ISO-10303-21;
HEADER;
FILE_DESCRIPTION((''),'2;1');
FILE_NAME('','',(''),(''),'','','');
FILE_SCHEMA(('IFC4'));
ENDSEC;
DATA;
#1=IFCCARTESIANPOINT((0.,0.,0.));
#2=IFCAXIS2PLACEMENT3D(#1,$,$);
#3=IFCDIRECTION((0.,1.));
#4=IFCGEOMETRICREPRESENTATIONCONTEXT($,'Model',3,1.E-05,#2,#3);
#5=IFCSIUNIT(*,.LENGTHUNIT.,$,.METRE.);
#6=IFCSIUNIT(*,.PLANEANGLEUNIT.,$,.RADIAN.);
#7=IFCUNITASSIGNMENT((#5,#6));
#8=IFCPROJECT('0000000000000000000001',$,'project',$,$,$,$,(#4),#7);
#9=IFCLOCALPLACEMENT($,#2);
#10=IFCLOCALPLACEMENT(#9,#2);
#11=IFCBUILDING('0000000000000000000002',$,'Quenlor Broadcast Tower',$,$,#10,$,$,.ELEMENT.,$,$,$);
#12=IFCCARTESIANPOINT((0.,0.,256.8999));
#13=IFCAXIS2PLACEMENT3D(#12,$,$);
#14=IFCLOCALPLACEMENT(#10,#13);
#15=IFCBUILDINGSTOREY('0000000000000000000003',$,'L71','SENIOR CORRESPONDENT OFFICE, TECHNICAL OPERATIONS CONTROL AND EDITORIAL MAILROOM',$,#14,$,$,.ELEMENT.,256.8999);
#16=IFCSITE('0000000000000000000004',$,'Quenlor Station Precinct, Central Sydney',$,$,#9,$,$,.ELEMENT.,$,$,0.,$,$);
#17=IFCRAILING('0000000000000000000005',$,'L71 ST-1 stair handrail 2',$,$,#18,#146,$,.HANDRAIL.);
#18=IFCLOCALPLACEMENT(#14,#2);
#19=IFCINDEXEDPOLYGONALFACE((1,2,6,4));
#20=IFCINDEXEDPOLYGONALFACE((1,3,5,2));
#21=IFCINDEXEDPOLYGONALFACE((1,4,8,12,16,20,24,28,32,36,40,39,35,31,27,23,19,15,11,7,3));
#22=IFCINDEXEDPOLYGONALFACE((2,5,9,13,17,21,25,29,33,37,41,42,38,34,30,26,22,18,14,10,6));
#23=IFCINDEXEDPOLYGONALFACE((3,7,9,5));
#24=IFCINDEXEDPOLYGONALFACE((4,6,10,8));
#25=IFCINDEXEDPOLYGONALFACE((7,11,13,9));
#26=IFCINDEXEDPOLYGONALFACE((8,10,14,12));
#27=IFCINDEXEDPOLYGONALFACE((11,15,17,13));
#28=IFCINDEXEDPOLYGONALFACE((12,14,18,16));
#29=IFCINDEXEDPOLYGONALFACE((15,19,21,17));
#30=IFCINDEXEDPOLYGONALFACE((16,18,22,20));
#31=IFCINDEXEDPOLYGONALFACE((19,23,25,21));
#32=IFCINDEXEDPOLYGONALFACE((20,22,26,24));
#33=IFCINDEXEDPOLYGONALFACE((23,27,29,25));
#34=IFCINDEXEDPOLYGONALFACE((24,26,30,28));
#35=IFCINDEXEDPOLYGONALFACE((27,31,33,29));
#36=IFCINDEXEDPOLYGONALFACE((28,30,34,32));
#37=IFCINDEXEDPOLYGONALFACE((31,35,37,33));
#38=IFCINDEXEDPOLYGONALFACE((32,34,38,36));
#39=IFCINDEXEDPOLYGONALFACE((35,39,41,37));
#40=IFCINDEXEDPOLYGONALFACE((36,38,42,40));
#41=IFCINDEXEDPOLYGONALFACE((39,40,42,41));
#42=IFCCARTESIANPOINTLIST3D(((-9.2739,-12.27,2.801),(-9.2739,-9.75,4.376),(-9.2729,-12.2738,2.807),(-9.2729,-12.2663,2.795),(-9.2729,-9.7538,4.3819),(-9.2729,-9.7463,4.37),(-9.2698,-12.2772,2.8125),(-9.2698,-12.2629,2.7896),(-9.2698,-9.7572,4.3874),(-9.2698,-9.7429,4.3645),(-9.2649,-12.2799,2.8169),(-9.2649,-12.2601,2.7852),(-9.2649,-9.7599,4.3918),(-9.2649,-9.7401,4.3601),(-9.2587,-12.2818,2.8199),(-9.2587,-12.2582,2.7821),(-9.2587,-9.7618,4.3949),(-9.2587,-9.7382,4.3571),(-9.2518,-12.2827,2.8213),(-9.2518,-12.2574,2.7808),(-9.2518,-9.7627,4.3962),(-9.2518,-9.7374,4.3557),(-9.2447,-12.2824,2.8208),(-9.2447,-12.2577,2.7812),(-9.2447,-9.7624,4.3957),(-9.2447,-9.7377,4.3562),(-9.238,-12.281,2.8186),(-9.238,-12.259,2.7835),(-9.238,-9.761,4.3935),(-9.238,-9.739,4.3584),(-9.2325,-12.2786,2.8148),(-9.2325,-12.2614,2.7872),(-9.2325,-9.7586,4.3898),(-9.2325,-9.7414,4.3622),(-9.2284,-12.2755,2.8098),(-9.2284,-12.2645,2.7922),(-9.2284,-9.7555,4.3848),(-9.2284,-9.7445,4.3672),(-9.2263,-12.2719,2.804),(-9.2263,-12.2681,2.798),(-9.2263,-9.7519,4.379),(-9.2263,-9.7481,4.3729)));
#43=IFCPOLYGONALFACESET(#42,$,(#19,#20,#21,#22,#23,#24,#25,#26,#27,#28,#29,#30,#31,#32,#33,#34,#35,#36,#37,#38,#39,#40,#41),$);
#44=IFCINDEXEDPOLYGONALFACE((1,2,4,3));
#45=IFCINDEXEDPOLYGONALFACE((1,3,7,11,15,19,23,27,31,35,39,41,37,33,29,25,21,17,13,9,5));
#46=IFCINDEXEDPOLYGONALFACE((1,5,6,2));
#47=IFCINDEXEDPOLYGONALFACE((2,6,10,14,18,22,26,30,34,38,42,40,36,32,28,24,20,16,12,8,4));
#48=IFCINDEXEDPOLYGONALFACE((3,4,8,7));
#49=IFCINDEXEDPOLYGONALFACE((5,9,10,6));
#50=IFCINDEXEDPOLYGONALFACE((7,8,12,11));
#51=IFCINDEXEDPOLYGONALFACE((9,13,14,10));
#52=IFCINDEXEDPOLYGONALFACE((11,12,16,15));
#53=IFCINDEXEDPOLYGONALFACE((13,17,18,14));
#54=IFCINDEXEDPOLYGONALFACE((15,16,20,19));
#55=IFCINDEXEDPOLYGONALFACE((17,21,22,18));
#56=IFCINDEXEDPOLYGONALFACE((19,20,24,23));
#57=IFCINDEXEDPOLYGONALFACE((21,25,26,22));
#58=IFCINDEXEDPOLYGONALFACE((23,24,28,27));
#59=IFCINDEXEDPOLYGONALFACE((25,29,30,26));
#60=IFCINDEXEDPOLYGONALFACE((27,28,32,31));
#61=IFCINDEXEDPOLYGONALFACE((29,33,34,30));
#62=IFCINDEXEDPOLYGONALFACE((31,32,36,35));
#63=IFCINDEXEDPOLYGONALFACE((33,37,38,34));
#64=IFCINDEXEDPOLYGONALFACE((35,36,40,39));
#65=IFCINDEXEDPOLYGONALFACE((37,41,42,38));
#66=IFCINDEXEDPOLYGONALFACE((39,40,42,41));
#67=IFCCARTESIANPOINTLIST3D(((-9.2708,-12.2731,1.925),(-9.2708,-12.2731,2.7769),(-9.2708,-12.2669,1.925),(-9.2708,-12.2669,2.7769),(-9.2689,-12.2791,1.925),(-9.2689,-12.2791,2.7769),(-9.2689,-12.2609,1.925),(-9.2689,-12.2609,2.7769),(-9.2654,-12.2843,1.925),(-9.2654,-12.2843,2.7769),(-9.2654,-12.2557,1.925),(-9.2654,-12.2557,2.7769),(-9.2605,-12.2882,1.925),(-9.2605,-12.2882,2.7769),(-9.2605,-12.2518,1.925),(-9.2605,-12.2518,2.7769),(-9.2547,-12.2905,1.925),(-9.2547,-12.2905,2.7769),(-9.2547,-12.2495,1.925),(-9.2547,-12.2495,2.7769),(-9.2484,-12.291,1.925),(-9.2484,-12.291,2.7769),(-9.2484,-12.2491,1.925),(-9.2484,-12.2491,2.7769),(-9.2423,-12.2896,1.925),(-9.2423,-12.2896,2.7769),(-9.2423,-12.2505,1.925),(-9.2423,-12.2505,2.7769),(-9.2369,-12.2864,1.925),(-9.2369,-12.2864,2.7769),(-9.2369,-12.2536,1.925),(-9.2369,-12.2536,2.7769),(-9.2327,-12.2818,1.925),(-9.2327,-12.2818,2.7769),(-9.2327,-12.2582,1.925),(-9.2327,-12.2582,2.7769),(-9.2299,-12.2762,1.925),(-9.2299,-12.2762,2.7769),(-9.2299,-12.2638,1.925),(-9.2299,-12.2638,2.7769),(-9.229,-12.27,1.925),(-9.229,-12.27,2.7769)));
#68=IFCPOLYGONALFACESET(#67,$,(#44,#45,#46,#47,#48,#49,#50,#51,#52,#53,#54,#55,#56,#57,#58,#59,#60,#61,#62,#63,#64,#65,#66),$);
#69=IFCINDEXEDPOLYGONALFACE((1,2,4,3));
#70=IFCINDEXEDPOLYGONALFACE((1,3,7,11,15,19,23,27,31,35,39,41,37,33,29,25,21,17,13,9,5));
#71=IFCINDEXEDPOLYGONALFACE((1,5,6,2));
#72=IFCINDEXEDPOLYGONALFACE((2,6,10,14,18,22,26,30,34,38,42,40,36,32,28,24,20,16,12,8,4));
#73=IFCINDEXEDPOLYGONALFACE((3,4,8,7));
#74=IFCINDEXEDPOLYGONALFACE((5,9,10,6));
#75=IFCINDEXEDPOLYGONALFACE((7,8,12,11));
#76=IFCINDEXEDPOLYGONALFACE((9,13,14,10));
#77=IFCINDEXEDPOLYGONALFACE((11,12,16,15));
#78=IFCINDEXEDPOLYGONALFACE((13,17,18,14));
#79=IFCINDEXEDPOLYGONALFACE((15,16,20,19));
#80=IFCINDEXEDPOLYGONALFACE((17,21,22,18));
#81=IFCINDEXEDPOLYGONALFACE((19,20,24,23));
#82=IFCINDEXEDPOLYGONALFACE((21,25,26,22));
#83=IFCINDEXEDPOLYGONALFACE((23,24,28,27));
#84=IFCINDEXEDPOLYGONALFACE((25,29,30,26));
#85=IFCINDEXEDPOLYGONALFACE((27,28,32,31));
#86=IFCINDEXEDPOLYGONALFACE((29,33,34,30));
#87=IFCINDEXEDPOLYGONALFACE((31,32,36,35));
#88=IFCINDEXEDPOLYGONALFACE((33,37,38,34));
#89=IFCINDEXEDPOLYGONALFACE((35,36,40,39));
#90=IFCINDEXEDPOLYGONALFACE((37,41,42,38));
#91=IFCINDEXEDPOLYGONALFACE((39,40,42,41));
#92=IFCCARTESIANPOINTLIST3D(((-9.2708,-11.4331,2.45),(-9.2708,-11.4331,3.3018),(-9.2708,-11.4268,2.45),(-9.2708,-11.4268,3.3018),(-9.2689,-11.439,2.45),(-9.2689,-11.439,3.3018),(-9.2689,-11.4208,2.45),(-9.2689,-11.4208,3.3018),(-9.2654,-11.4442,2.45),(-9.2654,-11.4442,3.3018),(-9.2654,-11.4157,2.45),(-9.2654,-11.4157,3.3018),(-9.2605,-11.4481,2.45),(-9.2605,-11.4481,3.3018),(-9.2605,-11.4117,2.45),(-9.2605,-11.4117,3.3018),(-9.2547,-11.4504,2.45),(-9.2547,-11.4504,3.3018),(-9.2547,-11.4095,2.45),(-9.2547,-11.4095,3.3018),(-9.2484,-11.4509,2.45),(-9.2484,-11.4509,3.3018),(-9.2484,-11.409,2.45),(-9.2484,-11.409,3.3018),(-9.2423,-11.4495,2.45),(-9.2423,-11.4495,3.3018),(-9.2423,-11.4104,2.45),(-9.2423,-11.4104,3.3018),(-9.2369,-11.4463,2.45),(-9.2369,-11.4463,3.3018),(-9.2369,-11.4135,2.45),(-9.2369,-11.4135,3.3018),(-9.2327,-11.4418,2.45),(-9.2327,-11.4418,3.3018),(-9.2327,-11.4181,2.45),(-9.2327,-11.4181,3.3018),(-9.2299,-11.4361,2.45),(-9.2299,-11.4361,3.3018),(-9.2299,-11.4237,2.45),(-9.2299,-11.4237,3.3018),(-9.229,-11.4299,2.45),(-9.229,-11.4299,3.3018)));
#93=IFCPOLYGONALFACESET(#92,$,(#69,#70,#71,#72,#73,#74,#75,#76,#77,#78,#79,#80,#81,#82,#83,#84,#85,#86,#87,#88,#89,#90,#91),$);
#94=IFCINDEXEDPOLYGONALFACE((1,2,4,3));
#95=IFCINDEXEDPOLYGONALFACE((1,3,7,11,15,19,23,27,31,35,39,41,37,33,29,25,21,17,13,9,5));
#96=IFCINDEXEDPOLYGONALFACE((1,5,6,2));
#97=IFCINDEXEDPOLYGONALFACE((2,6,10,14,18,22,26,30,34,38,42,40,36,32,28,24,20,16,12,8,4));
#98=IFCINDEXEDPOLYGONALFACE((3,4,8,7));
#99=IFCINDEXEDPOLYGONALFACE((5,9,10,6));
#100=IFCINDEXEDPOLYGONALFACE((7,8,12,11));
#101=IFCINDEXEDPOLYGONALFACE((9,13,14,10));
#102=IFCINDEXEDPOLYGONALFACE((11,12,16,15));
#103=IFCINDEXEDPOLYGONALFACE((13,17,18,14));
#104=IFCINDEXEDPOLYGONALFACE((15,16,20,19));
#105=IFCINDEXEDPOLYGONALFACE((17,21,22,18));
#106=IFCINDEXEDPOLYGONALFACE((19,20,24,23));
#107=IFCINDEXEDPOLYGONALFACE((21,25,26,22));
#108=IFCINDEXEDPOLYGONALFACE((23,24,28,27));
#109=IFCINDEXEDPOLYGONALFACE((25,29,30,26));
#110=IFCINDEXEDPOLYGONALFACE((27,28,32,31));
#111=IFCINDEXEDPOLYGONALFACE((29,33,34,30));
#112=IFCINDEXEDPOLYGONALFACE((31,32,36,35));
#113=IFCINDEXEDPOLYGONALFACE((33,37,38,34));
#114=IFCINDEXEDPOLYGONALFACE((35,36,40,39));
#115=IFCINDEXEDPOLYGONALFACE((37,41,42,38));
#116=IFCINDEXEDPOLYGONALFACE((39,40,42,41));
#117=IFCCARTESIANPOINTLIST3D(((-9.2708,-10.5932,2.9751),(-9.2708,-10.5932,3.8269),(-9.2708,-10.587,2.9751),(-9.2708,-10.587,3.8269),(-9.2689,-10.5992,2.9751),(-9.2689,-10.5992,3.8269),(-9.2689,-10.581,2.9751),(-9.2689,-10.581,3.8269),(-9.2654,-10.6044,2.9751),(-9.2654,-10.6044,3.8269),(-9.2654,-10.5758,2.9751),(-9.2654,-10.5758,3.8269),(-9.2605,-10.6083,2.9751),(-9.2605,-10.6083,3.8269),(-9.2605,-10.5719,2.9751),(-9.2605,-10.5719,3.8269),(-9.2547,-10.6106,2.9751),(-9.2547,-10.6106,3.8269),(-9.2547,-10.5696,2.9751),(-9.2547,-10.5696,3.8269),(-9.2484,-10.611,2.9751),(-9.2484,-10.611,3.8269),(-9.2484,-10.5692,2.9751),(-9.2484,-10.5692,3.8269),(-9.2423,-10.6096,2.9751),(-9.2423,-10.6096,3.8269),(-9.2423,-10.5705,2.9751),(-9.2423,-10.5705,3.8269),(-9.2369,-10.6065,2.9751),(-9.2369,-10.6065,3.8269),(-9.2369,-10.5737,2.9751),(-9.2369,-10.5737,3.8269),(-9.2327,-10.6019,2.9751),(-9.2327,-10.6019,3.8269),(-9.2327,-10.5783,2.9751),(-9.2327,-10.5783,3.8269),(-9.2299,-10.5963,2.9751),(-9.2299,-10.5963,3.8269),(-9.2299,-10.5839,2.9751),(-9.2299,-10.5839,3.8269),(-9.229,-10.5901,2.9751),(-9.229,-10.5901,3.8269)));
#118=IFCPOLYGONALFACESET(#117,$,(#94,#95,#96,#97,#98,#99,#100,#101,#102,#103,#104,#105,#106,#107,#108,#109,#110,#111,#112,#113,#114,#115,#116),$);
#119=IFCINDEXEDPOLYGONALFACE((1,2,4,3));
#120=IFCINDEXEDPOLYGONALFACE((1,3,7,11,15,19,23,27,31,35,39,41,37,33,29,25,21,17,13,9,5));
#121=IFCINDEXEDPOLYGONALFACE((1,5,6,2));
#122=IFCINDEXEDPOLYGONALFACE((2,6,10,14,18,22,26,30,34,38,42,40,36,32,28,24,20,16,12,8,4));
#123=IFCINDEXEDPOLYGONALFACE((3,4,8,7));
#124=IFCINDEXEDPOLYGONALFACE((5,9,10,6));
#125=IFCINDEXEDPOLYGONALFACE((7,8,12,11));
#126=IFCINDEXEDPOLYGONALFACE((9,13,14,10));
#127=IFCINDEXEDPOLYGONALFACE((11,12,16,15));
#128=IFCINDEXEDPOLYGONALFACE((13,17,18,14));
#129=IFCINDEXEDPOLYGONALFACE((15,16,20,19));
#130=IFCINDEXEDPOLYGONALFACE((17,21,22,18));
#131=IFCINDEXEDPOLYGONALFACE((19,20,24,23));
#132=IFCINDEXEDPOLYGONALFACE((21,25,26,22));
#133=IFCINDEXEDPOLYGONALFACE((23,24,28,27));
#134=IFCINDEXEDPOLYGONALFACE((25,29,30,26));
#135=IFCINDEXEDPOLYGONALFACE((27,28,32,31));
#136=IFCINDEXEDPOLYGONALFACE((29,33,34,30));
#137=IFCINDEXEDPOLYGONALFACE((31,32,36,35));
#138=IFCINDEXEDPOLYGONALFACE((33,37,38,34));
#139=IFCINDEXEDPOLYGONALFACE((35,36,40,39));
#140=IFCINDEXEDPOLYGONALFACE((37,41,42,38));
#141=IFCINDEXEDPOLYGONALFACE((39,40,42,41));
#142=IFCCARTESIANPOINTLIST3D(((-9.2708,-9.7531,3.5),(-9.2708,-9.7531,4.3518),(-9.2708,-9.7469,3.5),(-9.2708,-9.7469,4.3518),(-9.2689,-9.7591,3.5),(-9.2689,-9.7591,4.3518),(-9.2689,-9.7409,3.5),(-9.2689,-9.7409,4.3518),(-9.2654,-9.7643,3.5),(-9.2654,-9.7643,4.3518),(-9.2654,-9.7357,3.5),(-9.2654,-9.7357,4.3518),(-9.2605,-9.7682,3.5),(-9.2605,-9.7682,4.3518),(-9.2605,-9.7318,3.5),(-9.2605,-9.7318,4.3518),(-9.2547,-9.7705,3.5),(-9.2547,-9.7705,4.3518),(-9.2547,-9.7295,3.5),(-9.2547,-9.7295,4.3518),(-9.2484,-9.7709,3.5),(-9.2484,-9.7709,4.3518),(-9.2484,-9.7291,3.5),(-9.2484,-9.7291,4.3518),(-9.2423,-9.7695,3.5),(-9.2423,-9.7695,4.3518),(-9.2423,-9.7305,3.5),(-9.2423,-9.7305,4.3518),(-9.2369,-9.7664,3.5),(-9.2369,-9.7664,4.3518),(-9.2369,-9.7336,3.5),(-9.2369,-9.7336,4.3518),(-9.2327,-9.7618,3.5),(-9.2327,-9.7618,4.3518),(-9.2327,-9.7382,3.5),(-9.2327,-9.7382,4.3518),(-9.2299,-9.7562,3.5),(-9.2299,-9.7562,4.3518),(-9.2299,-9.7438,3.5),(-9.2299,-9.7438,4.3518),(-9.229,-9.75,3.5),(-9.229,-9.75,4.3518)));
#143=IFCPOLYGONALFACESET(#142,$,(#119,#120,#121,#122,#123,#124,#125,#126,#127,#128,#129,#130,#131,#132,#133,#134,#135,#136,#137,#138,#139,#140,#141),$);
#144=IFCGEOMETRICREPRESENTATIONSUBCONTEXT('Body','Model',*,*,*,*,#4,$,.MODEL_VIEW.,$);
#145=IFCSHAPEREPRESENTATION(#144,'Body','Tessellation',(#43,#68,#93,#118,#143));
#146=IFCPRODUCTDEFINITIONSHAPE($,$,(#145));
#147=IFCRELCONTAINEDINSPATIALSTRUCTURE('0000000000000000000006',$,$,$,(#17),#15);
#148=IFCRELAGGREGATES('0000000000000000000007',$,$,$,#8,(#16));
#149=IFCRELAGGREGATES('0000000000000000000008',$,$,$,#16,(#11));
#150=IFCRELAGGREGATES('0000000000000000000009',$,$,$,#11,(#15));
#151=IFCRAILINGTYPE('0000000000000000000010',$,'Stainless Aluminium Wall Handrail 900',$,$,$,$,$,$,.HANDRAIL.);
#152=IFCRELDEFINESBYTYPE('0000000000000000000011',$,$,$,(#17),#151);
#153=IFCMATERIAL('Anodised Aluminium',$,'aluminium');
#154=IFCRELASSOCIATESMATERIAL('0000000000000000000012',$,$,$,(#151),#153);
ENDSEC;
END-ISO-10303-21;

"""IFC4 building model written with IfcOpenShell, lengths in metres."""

from ifc_helpers import new_model, si_unit, direction, frame, origin, origin_2d, place, context, subcontext, project, spatial, circle, extrude, material, type_object, element, save


model = new_model("IFC4")

# Units and contexts
model_context = context("Model", 3, precision=1e-05, world=origin(), true_north=direction((0.0, 1.0)))
body_context = subcontext(model_context, "Body", "Model", "MODEL_VIEW")
ifc_project = project(units=[si_unit("LENGTHUNIT", "METRE"), si_unit("PLANEANGLEUNIT", "RADIAN")], contexts=[model_context])

# Site, building, storey
site_placement = place(None, origin())
site = spatial("IfcSite", under=ifc_project, at=site_placement, Name="Quenlor Station Precinct, Central Sydney", CompositionType="ELEMENT", RefElevation=0.0)
building_placement = place(site_placement, origin())
building = spatial("IfcBuilding", under=site, at=building_placement, Name="Quenlor Broadcast Tower", CompositionType="ELEMENT")
storey_placement = place(building_placement, frame((0.0, 0.0, 256.8999)))
storey = spatial("IfcBuildingStorey", under=building, at=storey_placement, Name="L71", Description="SENIOR CORRESPONDENT OFFICE, TECHNICAL OPERATIONS CONTROL AND EDITORIAL MAILROOM", CompositionType="ELEMENT", Elevation=256.8999)

# Railing
ifc_material_1 = material(Name="Anodised Aluminium", Category="aluminium")
railing_type_1 = type_object("IfcRailingType", Name="Stainless Aluminium Wall Handrail 900", PredefinedType="HANDRAIL", material=ifc_material_1)
railing_1_placement = place(storey_placement, frame((-9.25, -12.27, 1.925)))
element("IfcRailing", 1, at=railing_1_placement, inside=storey, type_object=railing_type_1, Name="L71 ST-1 stair handrail 2", PredefinedType="HANDRAIL", context=body_context, shape_type="SweptSolid", body=[
    extrude(circle(Radius=0.0239, at=origin_2d()), frame((0.0, 0.0, 0.876), z_axis=(0.0, 0.848008, 0.529984), x_axis=(-1.0, 0.0, 0.0)), (0.0, 0.0, 1.0), 2.9717),
    extrude(circle(Radius=0.021, at=origin_2d()), origin(), (0.0, 0.0, 1.0), 0.8518),
    extrude(circle(Radius=0.021, at=origin_2d()), frame((0.0, 0.8401, 0.5249)), (0.0, 0.0, 1.0), 0.8518),
    extrude(circle(Radius=0.021, at=origin_2d()), frame((0.0, 1.6799, 1.05)), (0.0, 0.0, 1.0), 0.8518),
    extrude(circle(Radius=0.021, at=origin_2d()), frame((0.0, 2.52, 1.575)), (0.0, 0.0, 1.0), 0.8518),
])

save(model, "model.ifc")
